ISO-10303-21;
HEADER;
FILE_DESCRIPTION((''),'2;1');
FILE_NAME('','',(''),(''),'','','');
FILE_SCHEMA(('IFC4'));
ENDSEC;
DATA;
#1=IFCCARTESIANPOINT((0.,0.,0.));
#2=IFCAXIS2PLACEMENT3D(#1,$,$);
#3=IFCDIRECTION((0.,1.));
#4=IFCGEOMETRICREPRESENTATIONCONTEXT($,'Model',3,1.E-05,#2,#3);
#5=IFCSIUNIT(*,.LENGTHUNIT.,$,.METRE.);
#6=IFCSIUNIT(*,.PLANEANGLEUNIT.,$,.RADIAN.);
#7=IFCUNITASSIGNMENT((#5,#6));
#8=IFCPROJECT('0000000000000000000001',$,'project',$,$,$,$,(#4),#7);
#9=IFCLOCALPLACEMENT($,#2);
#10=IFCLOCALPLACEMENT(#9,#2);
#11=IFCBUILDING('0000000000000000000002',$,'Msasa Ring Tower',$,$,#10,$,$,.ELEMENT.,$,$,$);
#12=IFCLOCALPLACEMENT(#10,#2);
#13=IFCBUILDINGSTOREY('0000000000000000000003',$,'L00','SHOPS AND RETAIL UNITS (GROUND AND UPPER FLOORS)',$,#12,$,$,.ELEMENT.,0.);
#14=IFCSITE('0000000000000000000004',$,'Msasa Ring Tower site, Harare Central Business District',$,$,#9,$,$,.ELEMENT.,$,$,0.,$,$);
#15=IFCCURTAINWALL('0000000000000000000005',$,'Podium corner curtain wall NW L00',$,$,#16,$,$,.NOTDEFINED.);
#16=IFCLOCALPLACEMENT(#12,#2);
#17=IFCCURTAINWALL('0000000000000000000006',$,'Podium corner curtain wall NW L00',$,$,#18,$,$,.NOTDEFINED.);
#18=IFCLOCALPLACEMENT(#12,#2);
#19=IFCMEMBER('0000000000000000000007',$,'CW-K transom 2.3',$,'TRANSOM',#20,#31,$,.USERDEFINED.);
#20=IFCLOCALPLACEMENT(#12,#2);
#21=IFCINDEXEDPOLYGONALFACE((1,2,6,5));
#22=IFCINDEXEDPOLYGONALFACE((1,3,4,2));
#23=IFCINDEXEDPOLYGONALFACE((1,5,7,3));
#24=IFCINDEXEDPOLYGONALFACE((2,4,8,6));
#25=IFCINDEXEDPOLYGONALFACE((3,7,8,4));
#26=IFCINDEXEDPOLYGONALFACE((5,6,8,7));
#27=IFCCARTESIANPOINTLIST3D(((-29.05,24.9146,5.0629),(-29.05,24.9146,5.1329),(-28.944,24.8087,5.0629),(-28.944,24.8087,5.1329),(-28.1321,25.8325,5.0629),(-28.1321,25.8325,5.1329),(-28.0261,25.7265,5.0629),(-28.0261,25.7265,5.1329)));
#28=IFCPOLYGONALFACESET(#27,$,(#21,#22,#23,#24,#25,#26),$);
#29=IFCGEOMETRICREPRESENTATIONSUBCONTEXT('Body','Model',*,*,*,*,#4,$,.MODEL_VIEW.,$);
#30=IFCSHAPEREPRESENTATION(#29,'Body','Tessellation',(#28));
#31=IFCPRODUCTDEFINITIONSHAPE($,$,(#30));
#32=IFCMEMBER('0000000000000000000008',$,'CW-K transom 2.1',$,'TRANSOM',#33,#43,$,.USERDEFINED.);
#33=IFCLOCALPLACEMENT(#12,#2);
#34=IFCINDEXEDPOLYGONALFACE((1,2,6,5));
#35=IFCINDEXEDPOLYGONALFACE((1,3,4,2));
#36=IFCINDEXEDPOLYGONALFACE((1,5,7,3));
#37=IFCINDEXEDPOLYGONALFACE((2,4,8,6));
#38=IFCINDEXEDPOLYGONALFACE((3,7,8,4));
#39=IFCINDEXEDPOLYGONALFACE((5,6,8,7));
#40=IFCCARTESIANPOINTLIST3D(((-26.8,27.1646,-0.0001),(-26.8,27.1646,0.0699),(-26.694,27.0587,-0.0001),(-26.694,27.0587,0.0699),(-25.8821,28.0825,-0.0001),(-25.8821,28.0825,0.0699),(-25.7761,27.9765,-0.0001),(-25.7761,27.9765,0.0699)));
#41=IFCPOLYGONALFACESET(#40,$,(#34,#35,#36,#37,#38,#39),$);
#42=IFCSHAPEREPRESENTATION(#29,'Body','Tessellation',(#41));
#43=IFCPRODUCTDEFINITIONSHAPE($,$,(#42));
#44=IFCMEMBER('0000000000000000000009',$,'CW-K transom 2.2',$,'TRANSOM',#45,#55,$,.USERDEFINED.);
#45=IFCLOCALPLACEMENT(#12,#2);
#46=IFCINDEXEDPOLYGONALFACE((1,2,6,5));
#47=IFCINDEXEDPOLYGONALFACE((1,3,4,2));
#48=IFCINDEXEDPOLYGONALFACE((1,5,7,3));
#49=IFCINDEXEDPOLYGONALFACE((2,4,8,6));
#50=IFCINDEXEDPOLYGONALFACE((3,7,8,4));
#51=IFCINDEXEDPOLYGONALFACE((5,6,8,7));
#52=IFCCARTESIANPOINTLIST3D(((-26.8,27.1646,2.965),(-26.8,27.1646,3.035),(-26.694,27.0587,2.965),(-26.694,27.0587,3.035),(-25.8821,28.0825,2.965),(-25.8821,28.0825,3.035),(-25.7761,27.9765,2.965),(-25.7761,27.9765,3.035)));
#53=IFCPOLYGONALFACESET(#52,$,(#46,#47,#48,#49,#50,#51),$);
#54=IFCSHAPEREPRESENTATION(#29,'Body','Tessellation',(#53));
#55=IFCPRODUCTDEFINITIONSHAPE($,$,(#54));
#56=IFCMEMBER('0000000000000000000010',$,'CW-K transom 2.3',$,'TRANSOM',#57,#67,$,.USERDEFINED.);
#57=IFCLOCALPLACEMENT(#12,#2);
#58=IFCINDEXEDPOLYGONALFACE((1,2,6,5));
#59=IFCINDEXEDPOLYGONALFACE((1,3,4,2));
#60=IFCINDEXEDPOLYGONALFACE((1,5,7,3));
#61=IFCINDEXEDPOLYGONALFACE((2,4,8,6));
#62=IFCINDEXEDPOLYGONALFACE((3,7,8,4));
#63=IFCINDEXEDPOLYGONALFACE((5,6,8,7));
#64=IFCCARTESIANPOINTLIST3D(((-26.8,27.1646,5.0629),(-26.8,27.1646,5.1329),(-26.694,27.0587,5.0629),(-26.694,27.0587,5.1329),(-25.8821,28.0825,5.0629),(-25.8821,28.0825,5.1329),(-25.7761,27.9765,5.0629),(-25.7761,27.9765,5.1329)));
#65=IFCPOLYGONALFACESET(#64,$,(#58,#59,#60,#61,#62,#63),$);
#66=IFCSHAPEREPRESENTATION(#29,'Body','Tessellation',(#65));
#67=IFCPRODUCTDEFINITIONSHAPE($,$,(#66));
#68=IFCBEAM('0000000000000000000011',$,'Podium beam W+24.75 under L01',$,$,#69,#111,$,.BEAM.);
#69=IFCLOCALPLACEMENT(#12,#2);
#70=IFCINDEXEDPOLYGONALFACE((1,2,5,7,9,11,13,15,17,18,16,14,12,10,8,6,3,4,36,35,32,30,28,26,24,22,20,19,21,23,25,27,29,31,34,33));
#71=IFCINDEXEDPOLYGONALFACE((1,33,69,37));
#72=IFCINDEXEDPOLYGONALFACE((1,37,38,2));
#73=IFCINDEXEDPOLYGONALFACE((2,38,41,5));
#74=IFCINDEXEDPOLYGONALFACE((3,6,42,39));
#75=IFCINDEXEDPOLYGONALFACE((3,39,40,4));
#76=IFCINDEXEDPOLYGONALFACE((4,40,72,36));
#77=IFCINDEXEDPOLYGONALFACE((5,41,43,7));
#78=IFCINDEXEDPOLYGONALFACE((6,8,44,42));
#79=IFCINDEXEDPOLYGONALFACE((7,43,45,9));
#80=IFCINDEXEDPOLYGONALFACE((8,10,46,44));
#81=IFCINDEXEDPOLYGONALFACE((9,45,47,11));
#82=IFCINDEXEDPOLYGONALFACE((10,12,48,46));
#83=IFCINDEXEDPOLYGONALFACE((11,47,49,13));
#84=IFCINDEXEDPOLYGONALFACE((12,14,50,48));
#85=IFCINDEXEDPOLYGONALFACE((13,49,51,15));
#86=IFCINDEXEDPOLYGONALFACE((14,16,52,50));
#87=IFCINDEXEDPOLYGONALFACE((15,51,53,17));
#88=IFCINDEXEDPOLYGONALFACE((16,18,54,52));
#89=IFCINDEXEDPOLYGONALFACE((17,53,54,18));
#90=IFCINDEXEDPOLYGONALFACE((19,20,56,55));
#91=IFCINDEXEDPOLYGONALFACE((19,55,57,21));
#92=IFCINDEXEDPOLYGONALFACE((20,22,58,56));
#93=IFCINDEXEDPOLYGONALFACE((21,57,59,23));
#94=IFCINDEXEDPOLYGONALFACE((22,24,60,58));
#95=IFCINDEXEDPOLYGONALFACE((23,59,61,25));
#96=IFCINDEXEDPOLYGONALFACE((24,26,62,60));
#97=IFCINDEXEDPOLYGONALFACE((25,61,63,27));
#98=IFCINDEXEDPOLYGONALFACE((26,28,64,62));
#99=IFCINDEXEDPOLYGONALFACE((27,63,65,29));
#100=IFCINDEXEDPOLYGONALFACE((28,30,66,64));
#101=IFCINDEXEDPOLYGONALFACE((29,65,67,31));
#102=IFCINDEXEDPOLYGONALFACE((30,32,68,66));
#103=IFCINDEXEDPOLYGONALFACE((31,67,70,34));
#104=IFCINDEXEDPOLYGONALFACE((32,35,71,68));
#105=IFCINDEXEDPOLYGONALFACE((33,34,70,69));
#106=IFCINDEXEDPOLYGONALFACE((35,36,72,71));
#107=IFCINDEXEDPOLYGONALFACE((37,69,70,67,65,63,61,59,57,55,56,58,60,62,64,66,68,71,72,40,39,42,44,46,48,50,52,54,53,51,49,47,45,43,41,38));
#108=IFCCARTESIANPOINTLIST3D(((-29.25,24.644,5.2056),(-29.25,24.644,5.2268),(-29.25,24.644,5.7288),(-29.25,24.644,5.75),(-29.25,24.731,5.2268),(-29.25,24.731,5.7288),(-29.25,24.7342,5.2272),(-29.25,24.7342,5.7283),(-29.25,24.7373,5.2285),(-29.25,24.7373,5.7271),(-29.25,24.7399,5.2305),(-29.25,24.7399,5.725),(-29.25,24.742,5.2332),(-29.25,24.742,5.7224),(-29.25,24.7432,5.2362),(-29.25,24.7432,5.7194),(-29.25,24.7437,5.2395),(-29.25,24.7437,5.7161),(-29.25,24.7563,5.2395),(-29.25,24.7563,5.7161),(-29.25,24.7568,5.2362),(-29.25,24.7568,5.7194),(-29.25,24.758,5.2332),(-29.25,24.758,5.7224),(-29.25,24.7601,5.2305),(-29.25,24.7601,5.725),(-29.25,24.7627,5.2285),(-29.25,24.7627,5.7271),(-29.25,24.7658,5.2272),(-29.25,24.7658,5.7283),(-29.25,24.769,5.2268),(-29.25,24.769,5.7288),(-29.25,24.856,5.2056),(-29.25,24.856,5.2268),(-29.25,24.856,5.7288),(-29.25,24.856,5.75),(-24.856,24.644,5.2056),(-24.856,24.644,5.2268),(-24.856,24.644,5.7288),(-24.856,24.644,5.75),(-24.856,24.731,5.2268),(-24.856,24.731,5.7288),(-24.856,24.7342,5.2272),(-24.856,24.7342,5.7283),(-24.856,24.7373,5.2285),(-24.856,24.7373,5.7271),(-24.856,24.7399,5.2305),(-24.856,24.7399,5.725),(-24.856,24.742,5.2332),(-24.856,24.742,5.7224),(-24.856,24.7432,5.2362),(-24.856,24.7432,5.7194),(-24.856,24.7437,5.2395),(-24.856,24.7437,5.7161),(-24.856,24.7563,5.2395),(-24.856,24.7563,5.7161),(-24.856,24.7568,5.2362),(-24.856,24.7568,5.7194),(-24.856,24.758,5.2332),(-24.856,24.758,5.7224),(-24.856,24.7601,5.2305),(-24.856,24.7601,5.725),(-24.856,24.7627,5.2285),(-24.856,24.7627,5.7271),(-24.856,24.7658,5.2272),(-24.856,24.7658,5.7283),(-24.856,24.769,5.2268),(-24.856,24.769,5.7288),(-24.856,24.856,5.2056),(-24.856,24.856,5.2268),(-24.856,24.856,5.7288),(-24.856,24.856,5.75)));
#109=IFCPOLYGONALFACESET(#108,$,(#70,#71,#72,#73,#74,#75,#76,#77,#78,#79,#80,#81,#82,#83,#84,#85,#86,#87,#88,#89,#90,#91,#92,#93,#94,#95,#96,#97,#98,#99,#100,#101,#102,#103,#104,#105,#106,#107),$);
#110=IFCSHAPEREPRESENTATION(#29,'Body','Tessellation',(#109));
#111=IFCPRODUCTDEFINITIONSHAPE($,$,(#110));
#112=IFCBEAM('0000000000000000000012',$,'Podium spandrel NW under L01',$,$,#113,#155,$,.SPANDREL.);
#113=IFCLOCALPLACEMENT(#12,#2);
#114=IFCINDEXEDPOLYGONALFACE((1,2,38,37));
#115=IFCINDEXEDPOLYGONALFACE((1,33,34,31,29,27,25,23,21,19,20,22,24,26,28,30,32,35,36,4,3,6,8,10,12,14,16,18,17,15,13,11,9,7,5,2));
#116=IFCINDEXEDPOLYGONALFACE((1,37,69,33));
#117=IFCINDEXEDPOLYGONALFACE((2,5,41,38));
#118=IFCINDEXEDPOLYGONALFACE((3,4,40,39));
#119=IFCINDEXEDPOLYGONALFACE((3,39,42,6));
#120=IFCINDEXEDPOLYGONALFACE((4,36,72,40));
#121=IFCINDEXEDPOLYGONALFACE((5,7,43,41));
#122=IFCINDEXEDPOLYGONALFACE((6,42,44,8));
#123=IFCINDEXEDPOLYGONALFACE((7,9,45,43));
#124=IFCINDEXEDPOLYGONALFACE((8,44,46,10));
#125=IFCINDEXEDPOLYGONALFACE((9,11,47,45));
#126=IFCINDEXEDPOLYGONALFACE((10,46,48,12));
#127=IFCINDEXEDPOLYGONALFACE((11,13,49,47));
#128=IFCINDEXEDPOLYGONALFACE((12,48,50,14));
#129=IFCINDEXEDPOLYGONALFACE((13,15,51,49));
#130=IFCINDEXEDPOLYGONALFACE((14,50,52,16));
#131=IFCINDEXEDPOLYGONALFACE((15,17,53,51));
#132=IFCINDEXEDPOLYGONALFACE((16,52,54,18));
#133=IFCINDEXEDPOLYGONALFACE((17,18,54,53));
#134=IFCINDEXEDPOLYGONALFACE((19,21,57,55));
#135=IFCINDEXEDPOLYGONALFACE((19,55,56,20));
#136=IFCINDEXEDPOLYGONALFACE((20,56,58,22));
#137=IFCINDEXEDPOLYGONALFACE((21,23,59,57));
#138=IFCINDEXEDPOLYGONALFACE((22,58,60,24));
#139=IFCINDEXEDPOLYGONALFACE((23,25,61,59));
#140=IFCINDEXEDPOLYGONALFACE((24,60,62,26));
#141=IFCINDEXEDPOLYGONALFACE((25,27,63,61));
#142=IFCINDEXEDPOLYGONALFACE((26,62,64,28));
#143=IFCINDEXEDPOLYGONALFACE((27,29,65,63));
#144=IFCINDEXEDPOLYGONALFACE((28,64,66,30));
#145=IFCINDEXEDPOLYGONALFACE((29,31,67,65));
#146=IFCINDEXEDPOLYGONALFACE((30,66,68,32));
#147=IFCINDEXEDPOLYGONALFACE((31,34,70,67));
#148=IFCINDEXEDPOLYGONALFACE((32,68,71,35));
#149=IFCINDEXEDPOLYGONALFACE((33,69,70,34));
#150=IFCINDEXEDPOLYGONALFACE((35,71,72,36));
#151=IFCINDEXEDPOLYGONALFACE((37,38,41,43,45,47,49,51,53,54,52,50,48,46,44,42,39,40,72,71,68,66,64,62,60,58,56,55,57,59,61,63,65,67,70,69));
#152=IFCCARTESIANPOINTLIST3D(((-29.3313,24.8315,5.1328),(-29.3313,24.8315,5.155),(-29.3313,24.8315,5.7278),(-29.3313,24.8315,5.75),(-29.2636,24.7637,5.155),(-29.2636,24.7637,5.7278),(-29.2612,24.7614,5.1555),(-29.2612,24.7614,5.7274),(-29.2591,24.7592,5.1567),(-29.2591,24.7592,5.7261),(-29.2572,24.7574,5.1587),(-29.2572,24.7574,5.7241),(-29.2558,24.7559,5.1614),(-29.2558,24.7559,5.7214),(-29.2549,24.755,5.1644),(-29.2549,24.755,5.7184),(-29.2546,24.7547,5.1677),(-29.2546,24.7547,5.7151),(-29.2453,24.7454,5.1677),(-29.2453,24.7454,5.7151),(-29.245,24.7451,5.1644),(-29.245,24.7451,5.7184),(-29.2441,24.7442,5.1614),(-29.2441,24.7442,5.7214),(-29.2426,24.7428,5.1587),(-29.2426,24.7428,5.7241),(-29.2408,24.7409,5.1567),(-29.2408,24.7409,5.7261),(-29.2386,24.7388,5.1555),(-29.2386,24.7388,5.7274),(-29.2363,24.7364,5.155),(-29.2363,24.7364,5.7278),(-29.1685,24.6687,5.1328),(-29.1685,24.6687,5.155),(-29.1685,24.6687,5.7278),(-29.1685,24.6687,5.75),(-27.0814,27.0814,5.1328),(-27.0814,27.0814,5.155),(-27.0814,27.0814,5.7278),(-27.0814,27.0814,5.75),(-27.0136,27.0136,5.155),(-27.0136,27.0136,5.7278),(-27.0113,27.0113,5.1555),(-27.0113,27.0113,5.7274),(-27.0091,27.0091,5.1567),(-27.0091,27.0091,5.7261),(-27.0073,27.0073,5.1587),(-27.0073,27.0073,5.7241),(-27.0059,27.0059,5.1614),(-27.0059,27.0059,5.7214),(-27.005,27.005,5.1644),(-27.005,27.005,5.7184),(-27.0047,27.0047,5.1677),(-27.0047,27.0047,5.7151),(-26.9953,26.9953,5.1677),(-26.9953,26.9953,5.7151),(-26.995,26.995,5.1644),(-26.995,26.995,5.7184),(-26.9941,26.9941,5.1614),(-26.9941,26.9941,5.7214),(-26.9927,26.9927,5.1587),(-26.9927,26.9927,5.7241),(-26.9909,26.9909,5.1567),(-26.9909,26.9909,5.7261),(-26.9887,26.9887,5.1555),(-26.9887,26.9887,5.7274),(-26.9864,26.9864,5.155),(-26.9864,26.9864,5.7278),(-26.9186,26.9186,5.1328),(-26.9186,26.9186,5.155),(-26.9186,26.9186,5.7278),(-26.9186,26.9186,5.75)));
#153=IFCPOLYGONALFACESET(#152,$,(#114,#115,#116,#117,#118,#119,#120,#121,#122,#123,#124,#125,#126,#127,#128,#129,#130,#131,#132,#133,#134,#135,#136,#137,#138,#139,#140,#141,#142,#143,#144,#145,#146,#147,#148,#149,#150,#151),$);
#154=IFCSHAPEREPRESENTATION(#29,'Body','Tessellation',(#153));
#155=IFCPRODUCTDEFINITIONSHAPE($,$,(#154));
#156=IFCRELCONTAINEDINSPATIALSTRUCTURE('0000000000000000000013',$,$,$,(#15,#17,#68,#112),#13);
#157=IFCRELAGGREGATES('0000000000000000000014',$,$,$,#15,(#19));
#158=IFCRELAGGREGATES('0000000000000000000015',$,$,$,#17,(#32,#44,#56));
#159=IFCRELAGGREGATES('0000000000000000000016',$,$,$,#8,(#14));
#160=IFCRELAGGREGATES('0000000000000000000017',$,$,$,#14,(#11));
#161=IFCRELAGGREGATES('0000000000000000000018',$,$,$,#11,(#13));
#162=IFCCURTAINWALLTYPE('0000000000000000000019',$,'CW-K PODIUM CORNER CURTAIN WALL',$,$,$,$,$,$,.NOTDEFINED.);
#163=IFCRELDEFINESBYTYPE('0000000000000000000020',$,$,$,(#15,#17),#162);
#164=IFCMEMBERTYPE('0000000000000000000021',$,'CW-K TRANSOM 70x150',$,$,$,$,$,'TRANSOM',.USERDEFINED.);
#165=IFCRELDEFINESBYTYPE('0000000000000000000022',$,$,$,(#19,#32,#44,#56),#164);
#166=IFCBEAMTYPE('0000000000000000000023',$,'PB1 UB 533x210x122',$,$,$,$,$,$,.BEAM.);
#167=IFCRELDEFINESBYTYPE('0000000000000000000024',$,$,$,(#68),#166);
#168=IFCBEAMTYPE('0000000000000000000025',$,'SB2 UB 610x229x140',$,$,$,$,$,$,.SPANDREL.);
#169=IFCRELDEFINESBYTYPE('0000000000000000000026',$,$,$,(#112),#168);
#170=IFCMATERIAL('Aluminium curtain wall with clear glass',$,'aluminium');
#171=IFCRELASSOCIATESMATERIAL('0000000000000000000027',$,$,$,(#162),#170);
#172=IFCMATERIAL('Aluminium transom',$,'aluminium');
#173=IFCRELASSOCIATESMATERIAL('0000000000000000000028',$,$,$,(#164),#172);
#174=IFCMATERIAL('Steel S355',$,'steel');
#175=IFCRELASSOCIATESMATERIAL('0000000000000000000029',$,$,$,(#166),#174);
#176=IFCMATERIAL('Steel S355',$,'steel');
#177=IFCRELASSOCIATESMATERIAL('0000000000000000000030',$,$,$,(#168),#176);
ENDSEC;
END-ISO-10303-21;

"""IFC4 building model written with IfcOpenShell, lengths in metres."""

from ifc_helpers import new_model, si_unit, direction, frame, origin, origin_2d, place, context, subcontext, project, spatial, rectangle, i_section, extrude, material, material_profile, profile_set, type_object, element, aggregate, save


model = new_model("IFC4")

# Units and contexts
model_context = context("Model", 3, precision=1e-05, world=origin(), true_north=direction((0.0, 1.0)))
body_context = subcontext(model_context, "Body", "Model", "MODEL_VIEW")
ifc_project = project(units=[si_unit("LENGTHUNIT", "METRE"), si_unit("PLANEANGLEUNIT", "RADIAN")], contexts=[model_context])

# Site, building, storey
site_placement = place(None, origin())
site = spatial("IfcSite", under=ifc_project, at=site_placement, Name="Msasa Ring Tower site, Harare Central Business District", CompositionType="ELEMENT", RefElevation=0.0)
building_placement = place(site_placement, origin())
building = spatial("IfcBuilding", under=site, at=building_placement, Name="Msasa Ring Tower", CompositionType="ELEMENT")
storey_placement = place(building_placement, origin())
storey = spatial("IfcBuildingStorey", under=building, at=storey_placement, Name="L00", Description="SHOPS AND RETAIL UNITS (GROUND AND UPPER FLOORS)", CompositionType="ELEMENT", Elevation=0.0)

# Curtain walls
ifc_material_1 = material(Name="Aluminium curtain wall with clear glass", Category="aluminium")
curtain_wall_type = type_object("IfcCurtainWallType", Name="CW-K PODIUM CORNER CURTAIN WALL", PredefinedType="NOTDEFINED", material=ifc_material_1)
curtain_wall_1_placement = place(storey_placement, origin())
curtain_wall_1 = element("IfcCurtainWall", 1, at=curtain_wall_1_placement, inside=storey, type_object=curtain_wall_type, Name="Podium corner curtain wall NW L00", PredefinedType="NOTDEFINED")
curtain_wall_2_placement = place(storey_placement, origin())
curtain_wall_2 = element("IfcCurtainWall", 2, at=curtain_wall_2_placement, inside=storey, type_object=curtain_wall_type, Name="Podium corner curtain wall NW L00", PredefinedType="NOTDEFINED")

# Members
ifc_material_2 = material(Name="Aluminium transom", Category="aluminium")
ifc_material_profile_1 = material_profile(ifc_material_2, rectangle(XDim=0.1499, YDim=0.0701, at=origin_2d()), Name="AL 70x150")
ifc_profile_set_1 = profile_set([ifc_material_profile_1], Name="Aluminium transom")
member_type_1 = type_object("IfcMemberType", Name="CW-K TRANSOM 70x150", ElementType="TRANSOM", PredefinedType="USERDEFINED", material=ifc_profile_set_1)
member_1_placement = place(storey_placement, frame((-28.0791, 25.7795, 5.0979), z_axis=(-0.707107, -0.707107, 0.0), x_axis=(0.707107, -0.707107, 0.0)))
member_1 = element("IfcMember", 3, at=member_1_placement, type_object=member_type_1, Name="CW-K transom 2.3", ObjectType="TRANSOM", PredefinedType="USERDEFINED", context=body_context, shape_type="SweptSolid", body=[
    extrude(rectangle(XDim=0.1499, YDim=0.0701, at=origin_2d()), origin(), (0.0, 0.0, 1.0), 1.2981),
])
member_2_placement = place(storey_placement, frame((-25.8291, 28.0295, 0.0349), z_axis=(-0.707107, -0.707107, 0.0), x_axis=(0.707107, -0.707107, 0.0)))
member_2 = element("IfcMember", 4, at=member_2_placement, type_object=member_type_1, Name="CW-K transom 2.1", ObjectType="TRANSOM", PredefinedType="USERDEFINED", context=body_context, shape_type="SweptSolid", body=[
    extrude(rectangle(XDim=0.1499, YDim=0.0701, at=origin_2d()), origin(), (0.0, 0.0, 1.0), 1.2981),
])
member_3_placement = place(storey_placement, frame((-25.8291, 28.0295, 3.0), z_axis=(-0.707107, -0.707107, 0.0), x_axis=(0.707107, -0.707107, 0.0)))
member_3 = element("IfcMember", 5, at=member_3_placement, type_object=member_type_1, Name="CW-K transom 2.2", ObjectType="TRANSOM", PredefinedType="USERDEFINED", context=body_context, shape_type="SweptSolid", body=[
    extrude(rectangle(XDim=0.1499, YDim=0.0701, at=origin_2d()), origin(), (0.0, 0.0, 1.0), 1.2981),
])
member_4_placement = place(storey_placement, frame((-25.8291, 28.0295, 5.0979), z_axis=(-0.707107, -0.707107, 0.0), x_axis=(0.707107, -0.707107, 0.0)))
member_4 = element("IfcMember", 6, at=member_4_placement, type_object=member_type_1, Name="CW-K transom 2.3", ObjectType="TRANSOM", PredefinedType="USERDEFINED", context=body_context, shape_type="SweptSolid", body=[
    extrude(rectangle(XDim=0.1499, YDim=0.0701, at=origin_2d()), origin(), (0.0, 0.0, 1.0), 1.2981),
])

# Beams
ifc_material_3 = material(Name="Steel S355", Category="steel")
ifc_material_profile_2 = material_profile(ifc_material_3, i_section(OverallWidth=0.2119, OverallDepth=0.5444, WebThickness=0.0127, FlangeThickness=0.0212, FilletRadius=0.0127, at=origin_2d()), Name="UB 533x210x122")
ifc_profile_set_2 = profile_set([ifc_material_profile_2], Name="Steel S355")
beam_type_1 = type_object("IfcBeamType", Name="PB1 UB 533x210x122", PredefinedType="BEAM", material=ifc_profile_set_2)
beam_1_placement = place(storey_placement, frame((-29.25, 24.75, 5.4778), z_axis=(1.0, 0.0, 0.0), x_axis=(0.0, 1.0, 0.0)))
element("IfcBeam", 7, at=beam_1_placement, inside=storey, type_object=beam_type_1, Name="Podium beam W+24.75 under L01", PredefinedType="BEAM", context=body_context, shape_type="SweptSolid", body=[
    extrude(i_section(OverallWidth=0.2119, OverallDepth=0.5444, WebThickness=0.0127, FlangeThickness=0.0212, FilletRadius=0.0127, at=origin_2d()), origin(), (0.0, 0.0, 1.0), 4.394),
])
ifc_material_4 = material(Name="Steel S355", Category="steel")
ifc_material_profile_3 = material_profile(ifc_material_4, i_section(OverallWidth=0.2302, OverallDepth=0.6172, WebThickness=0.0132, FlangeThickness=0.0222, FilletRadius=0.0127, at=origin_2d()), Name="UB 610x229x140")
ifc_profile_set_3 = profile_set([ifc_material_profile_3], Name="Steel S355")
beam_type_2 = type_object("IfcBeamType", Name="SB2 UB 610x229x140", PredefinedType="SPANDREL", material=ifc_profile_set_3)
beam_2_placement = place(storey_placement, frame((-27.0, 27.0, 5.4414), z_axis=(-0.707107, -0.707107, 0.0), x_axis=(0.707107, -0.707107, 0.0)))
element("IfcBeam", 8, at=beam_2_placement, inside=storey, type_object=beam_type_2, Name="Podium spandrel NW under L01", PredefinedType="SPANDREL", context=body_context, shape_type="SweptSolid", body=[
    extrude(i_section(OverallWidth=0.2302, OverallDepth=0.6172, WebThickness=0.0132, FlangeThickness=0.0222, FilletRadius=0.0127, at=origin_2d()), origin(), (0.0, 0.0, 1.0), 3.1819),
])

aggregate(curtain_wall_1, [member_1])
aggregate(curtain_wall_2, [member_2, member_3, member_4])

save(model, "model.ifc")
